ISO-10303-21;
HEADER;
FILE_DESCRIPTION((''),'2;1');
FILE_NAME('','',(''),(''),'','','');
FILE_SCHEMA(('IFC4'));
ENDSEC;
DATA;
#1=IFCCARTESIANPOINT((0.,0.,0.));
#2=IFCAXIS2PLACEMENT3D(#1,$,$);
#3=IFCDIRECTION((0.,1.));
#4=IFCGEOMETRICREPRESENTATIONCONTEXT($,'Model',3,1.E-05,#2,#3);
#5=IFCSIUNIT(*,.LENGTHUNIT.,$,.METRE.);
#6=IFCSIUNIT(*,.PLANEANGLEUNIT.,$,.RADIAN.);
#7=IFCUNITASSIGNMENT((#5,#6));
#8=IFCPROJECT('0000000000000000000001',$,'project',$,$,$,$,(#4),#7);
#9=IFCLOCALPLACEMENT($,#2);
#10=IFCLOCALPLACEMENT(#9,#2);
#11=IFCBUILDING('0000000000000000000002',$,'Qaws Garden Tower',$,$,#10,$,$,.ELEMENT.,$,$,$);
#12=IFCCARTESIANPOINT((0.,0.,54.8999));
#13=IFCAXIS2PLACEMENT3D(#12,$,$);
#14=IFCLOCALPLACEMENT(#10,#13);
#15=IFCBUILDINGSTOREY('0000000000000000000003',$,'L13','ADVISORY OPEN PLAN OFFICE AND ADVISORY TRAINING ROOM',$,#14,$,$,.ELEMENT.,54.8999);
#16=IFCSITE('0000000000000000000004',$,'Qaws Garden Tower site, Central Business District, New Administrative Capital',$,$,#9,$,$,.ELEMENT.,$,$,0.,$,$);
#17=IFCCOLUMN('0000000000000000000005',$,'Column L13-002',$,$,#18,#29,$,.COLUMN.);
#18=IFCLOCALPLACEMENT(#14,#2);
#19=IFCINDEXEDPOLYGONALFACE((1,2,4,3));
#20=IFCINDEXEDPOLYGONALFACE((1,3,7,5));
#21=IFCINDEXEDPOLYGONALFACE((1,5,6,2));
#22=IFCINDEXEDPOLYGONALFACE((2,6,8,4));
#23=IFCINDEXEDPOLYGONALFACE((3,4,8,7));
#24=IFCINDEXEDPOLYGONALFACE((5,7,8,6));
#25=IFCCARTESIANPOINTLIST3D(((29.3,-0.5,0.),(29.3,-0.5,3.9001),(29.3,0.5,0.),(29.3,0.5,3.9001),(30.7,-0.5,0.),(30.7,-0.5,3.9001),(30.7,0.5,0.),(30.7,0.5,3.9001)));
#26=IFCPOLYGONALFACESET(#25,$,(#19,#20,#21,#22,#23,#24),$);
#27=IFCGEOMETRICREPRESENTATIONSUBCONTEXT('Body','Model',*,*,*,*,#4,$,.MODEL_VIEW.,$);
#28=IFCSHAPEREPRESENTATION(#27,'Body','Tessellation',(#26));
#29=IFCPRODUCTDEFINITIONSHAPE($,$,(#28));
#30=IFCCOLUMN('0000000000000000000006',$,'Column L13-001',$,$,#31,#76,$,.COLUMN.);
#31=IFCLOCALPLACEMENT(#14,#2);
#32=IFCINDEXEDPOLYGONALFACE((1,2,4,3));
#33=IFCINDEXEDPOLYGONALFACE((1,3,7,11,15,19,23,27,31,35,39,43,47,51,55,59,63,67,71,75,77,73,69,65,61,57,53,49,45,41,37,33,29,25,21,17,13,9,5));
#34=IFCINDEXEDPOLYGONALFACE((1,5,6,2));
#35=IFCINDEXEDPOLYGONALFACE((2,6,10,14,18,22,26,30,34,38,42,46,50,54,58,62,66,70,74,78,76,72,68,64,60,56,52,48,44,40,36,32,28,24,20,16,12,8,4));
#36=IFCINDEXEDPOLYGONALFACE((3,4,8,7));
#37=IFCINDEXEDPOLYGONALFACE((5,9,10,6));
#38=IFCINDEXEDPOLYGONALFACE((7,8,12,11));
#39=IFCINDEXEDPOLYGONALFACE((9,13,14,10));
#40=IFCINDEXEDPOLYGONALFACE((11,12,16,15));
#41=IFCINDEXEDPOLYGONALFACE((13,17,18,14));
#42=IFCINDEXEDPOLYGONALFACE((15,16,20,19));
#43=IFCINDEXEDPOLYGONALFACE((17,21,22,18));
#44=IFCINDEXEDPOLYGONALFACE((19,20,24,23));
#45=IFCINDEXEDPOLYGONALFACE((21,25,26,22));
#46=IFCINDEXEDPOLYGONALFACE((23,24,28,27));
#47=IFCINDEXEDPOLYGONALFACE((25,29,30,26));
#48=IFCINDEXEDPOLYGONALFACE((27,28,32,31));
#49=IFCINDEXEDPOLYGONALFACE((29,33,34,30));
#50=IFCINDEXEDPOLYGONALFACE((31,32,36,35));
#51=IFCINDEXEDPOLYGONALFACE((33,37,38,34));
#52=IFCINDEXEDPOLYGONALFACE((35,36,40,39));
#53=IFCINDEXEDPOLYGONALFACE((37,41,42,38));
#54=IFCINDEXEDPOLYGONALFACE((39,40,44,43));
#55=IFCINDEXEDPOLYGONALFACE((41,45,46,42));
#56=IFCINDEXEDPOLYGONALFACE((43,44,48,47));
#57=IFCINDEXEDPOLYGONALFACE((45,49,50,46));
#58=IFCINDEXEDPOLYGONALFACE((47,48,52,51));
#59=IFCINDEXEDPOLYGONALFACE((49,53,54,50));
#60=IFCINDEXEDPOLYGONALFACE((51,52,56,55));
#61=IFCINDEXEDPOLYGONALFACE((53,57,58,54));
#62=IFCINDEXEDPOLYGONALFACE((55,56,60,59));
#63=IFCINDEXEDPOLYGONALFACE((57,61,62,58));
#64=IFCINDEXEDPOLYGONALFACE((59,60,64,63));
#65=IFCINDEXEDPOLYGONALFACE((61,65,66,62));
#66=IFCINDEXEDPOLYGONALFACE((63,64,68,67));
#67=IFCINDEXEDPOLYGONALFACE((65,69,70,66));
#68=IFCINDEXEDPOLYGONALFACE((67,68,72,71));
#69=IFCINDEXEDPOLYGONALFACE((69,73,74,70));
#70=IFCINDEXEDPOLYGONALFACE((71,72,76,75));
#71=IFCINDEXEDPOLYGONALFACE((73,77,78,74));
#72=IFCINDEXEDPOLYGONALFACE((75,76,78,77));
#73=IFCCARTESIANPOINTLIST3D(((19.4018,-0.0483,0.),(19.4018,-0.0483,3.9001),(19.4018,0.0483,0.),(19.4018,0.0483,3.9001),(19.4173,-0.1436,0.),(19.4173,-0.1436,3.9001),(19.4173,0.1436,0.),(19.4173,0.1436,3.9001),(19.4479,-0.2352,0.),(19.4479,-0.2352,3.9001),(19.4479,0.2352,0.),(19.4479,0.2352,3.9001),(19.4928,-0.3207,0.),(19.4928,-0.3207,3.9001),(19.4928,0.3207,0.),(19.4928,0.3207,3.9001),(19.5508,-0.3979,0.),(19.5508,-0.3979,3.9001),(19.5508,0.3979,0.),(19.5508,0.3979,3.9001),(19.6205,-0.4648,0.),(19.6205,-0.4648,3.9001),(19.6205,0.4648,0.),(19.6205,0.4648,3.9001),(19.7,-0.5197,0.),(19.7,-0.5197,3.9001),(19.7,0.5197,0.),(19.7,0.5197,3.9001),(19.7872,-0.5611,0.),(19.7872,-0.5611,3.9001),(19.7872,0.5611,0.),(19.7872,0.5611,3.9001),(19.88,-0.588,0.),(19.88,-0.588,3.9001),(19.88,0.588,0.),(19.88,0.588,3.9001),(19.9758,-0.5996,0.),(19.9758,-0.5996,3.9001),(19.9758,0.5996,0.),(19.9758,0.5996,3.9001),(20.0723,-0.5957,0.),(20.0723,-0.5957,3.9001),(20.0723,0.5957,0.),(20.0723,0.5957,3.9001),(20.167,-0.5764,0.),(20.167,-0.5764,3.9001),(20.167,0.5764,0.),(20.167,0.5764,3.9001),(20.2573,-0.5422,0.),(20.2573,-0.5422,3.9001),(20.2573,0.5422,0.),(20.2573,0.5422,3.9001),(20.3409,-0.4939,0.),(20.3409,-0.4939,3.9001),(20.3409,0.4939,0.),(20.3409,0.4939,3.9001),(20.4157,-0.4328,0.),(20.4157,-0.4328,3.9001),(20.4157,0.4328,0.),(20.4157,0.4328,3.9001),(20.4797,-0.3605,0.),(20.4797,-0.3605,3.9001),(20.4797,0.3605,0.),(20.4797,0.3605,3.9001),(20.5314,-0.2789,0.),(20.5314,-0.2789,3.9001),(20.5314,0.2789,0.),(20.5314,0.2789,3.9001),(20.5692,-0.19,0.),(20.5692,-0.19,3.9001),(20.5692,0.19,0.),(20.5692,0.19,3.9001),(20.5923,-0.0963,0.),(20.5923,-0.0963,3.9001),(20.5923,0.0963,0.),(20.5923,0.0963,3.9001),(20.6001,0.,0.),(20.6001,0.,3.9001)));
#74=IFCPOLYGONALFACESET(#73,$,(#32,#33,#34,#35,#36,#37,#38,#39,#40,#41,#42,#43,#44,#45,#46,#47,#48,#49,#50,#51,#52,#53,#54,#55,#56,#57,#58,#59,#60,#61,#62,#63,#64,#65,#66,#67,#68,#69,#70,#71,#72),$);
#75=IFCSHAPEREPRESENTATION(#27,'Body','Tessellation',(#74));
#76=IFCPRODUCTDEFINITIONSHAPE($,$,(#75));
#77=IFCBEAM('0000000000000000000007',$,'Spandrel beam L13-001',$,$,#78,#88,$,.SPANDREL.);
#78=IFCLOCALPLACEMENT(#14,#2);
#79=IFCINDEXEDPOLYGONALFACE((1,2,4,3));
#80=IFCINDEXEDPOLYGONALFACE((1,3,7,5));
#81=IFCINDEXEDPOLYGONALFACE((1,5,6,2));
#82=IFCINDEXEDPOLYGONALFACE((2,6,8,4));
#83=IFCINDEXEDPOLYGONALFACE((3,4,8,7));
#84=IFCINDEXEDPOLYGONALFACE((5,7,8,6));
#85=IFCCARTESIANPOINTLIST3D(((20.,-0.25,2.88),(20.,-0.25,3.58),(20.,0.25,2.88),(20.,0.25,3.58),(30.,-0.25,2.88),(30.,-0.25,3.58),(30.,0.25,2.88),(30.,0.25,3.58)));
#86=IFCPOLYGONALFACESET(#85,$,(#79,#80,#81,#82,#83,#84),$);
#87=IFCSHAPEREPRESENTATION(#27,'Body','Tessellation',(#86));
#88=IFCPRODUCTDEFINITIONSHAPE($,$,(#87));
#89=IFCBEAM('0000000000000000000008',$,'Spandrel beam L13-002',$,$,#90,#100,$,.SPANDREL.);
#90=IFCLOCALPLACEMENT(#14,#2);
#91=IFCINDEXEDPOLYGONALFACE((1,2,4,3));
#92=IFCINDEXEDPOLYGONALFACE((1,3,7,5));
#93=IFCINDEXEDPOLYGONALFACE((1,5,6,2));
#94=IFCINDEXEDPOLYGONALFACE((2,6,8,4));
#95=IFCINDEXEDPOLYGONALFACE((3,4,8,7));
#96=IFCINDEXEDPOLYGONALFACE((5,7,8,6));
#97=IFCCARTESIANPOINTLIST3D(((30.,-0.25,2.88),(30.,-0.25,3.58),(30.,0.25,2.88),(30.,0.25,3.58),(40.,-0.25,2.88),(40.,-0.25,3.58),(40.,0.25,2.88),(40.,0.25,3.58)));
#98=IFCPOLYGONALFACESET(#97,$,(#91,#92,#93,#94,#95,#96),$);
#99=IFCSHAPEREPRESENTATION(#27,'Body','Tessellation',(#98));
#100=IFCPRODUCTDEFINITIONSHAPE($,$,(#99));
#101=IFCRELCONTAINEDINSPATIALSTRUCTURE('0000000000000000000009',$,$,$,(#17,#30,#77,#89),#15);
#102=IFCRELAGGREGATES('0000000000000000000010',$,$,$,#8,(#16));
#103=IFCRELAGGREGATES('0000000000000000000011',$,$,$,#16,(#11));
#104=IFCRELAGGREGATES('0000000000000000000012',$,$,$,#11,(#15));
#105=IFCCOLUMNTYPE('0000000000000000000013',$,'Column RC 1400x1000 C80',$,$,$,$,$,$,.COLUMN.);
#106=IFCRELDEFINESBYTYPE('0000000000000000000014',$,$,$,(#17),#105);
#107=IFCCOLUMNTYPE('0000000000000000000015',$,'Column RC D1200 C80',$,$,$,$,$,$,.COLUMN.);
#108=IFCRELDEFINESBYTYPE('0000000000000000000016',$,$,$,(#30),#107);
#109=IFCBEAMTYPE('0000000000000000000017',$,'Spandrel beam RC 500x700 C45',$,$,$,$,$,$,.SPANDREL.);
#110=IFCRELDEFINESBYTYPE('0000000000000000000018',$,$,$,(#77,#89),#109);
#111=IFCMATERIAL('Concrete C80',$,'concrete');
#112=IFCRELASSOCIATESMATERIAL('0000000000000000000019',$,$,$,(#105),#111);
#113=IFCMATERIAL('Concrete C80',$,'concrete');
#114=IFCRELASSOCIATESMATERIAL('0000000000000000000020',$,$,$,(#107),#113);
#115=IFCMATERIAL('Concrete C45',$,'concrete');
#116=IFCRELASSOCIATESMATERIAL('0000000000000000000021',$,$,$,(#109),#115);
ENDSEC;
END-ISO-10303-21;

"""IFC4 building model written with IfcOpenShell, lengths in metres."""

from ifc_helpers import new_model, si_unit, direction, frame, origin, origin_2d, place, context, subcontext, project, spatial, rectangle, circle, extrude, material, material_profile, profile_set, type_object, element, save


model = new_model("IFC4")

# Units and contexts
model_context = context("Model", 3, precision=1e-05, world=origin(), true_north=direction((0.0, 1.0)))
body_context = subcontext(model_context, "Body", "Model", "MODEL_VIEW")
ifc_project = project(units=[si_unit("LENGTHUNIT", "METRE"), si_unit("PLANEANGLEUNIT", "RADIAN")], contexts=[model_context])

# Site, building, storey
site_placement = place(None, origin())
site = spatial("IfcSite", under=ifc_project, at=site_placement, Name="Qaws Garden Tower site, Central Business District, New Administrative Capital", CompositionType="ELEMENT", RefElevation=0.0)
building_placement = place(site_placement, origin())
building = spatial("IfcBuilding", under=site, at=building_placement, Name="Qaws Garden Tower", CompositionType="ELEMENT")
storey_placement = place(building_placement, frame((0.0, 0.0, 54.8999)))
storey = spatial("IfcBuildingStorey", under=building, at=storey_placement, Name="L13", Description="ADVISORY OPEN PLAN OFFICE AND ADVISORY TRAINING ROOM", CompositionType="ELEMENT", Elevation=54.8999)

# Columns
ifc_material_1 = material(Name="Concrete C80", Category="concrete")
ifc_material_profile_1 = material_profile(ifc_material_1, rectangle(XDim=1.3999, YDim=1.0, at=origin_2d()), Name="RC 1400x1000")
ifc_profile_set_1 = profile_set([ifc_material_profile_1], Name="Concrete C80")
column_type_1 = type_object("IfcColumnType", Name="Column RC 1400x1000 C80", PredefinedType="COLUMN", material=ifc_profile_set_1)
column_1_placement = place(storey_placement, frame((30.0, 0.0, 0.0), z_axis=(0.0, 0.0, 1.0), x_axis=(1.0, 0.0, 0.0)))
element("IfcColumn", 1, at=column_1_placement, inside=storey, type_object=column_type_1, Name="Column L13-002", PredefinedType="COLUMN", context=body_context, shape_type="SweptSolid", body=[
    extrude(rectangle(XDim=1.3999, YDim=1.0, at=origin_2d()), origin(), (0.0, 0.0, 1.0), 3.9001),
])
ifc_material_2 = material(Name="Concrete C80", Category="concrete")
ifc_material_profile_2 = material_profile(ifc_material_2, circle(Radius=0.6001, at=origin_2d()), Name="RC D1200")
ifc_profile_set_2 = profile_set([ifc_material_profile_2], Name="Concrete C80")
column_type_2 = type_object("IfcColumnType", Name="Column RC D1200 C80", PredefinedType="COLUMN", material=ifc_profile_set_2)
column_2_placement = place(storey_placement, frame((20.0, 0.0, 0.0), z_axis=(0.0, 0.0, 1.0), x_axis=(1.0, 0.0, 0.0)))
element("IfcColumn", 2, at=column_2_placement, inside=storey, type_object=column_type_2, Name="Column L13-001", PredefinedType="COLUMN", context=body_context, shape_type="SweptSolid", body=[
    extrude(circle(Radius=0.6001, at=origin_2d()), origin(), (0.0, 0.0, 1.0), 3.9001),
])

# Beams
ifc_material_3 = material(Name="Concrete C45", Category="concrete")
ifc_material_profile_3 = material_profile(ifc_material_3, rectangle(XDim=0.5, YDim=0.7, at=origin_2d()), Name="RC 500x700")
ifc_profile_set_3 = profile_set([ifc_material_profile_3], Name="Concrete C45")
beam_type = type_object("IfcBeamType", Name="Spandrel beam RC 500x700 C45", PredefinedType="SPANDREL", material=ifc_profile_set_3)
for number, where, z_axis, x_axis, name in (
    (3, (20.0, 0.0, 3.23), (1.0, 0.0, 0.0), (0.0, 1.0, 0.0), "Spandrel beam L13-001"),
    (4, (30.0, 0.0, 3.23), (1.0, 0.0, 0.0), (0.0, 1.0, 0.0), "Spandrel beam L13-002"),
):
    element("IfcBeam", number, at=place(storey_placement, frame(where, z_axis=z_axis, x_axis=x_axis)), inside=storey, type_object=beam_type, Name=name, PredefinedType="SPANDREL", context=body_context, shape_type="SweptSolid", body=[
        extrude(rectangle(XDim=0.5, YDim=0.7, at=origin_2d()), origin(), (0.0, 0.0, 1.0), 10.0),
    ])

save(model, "model.ifc")
